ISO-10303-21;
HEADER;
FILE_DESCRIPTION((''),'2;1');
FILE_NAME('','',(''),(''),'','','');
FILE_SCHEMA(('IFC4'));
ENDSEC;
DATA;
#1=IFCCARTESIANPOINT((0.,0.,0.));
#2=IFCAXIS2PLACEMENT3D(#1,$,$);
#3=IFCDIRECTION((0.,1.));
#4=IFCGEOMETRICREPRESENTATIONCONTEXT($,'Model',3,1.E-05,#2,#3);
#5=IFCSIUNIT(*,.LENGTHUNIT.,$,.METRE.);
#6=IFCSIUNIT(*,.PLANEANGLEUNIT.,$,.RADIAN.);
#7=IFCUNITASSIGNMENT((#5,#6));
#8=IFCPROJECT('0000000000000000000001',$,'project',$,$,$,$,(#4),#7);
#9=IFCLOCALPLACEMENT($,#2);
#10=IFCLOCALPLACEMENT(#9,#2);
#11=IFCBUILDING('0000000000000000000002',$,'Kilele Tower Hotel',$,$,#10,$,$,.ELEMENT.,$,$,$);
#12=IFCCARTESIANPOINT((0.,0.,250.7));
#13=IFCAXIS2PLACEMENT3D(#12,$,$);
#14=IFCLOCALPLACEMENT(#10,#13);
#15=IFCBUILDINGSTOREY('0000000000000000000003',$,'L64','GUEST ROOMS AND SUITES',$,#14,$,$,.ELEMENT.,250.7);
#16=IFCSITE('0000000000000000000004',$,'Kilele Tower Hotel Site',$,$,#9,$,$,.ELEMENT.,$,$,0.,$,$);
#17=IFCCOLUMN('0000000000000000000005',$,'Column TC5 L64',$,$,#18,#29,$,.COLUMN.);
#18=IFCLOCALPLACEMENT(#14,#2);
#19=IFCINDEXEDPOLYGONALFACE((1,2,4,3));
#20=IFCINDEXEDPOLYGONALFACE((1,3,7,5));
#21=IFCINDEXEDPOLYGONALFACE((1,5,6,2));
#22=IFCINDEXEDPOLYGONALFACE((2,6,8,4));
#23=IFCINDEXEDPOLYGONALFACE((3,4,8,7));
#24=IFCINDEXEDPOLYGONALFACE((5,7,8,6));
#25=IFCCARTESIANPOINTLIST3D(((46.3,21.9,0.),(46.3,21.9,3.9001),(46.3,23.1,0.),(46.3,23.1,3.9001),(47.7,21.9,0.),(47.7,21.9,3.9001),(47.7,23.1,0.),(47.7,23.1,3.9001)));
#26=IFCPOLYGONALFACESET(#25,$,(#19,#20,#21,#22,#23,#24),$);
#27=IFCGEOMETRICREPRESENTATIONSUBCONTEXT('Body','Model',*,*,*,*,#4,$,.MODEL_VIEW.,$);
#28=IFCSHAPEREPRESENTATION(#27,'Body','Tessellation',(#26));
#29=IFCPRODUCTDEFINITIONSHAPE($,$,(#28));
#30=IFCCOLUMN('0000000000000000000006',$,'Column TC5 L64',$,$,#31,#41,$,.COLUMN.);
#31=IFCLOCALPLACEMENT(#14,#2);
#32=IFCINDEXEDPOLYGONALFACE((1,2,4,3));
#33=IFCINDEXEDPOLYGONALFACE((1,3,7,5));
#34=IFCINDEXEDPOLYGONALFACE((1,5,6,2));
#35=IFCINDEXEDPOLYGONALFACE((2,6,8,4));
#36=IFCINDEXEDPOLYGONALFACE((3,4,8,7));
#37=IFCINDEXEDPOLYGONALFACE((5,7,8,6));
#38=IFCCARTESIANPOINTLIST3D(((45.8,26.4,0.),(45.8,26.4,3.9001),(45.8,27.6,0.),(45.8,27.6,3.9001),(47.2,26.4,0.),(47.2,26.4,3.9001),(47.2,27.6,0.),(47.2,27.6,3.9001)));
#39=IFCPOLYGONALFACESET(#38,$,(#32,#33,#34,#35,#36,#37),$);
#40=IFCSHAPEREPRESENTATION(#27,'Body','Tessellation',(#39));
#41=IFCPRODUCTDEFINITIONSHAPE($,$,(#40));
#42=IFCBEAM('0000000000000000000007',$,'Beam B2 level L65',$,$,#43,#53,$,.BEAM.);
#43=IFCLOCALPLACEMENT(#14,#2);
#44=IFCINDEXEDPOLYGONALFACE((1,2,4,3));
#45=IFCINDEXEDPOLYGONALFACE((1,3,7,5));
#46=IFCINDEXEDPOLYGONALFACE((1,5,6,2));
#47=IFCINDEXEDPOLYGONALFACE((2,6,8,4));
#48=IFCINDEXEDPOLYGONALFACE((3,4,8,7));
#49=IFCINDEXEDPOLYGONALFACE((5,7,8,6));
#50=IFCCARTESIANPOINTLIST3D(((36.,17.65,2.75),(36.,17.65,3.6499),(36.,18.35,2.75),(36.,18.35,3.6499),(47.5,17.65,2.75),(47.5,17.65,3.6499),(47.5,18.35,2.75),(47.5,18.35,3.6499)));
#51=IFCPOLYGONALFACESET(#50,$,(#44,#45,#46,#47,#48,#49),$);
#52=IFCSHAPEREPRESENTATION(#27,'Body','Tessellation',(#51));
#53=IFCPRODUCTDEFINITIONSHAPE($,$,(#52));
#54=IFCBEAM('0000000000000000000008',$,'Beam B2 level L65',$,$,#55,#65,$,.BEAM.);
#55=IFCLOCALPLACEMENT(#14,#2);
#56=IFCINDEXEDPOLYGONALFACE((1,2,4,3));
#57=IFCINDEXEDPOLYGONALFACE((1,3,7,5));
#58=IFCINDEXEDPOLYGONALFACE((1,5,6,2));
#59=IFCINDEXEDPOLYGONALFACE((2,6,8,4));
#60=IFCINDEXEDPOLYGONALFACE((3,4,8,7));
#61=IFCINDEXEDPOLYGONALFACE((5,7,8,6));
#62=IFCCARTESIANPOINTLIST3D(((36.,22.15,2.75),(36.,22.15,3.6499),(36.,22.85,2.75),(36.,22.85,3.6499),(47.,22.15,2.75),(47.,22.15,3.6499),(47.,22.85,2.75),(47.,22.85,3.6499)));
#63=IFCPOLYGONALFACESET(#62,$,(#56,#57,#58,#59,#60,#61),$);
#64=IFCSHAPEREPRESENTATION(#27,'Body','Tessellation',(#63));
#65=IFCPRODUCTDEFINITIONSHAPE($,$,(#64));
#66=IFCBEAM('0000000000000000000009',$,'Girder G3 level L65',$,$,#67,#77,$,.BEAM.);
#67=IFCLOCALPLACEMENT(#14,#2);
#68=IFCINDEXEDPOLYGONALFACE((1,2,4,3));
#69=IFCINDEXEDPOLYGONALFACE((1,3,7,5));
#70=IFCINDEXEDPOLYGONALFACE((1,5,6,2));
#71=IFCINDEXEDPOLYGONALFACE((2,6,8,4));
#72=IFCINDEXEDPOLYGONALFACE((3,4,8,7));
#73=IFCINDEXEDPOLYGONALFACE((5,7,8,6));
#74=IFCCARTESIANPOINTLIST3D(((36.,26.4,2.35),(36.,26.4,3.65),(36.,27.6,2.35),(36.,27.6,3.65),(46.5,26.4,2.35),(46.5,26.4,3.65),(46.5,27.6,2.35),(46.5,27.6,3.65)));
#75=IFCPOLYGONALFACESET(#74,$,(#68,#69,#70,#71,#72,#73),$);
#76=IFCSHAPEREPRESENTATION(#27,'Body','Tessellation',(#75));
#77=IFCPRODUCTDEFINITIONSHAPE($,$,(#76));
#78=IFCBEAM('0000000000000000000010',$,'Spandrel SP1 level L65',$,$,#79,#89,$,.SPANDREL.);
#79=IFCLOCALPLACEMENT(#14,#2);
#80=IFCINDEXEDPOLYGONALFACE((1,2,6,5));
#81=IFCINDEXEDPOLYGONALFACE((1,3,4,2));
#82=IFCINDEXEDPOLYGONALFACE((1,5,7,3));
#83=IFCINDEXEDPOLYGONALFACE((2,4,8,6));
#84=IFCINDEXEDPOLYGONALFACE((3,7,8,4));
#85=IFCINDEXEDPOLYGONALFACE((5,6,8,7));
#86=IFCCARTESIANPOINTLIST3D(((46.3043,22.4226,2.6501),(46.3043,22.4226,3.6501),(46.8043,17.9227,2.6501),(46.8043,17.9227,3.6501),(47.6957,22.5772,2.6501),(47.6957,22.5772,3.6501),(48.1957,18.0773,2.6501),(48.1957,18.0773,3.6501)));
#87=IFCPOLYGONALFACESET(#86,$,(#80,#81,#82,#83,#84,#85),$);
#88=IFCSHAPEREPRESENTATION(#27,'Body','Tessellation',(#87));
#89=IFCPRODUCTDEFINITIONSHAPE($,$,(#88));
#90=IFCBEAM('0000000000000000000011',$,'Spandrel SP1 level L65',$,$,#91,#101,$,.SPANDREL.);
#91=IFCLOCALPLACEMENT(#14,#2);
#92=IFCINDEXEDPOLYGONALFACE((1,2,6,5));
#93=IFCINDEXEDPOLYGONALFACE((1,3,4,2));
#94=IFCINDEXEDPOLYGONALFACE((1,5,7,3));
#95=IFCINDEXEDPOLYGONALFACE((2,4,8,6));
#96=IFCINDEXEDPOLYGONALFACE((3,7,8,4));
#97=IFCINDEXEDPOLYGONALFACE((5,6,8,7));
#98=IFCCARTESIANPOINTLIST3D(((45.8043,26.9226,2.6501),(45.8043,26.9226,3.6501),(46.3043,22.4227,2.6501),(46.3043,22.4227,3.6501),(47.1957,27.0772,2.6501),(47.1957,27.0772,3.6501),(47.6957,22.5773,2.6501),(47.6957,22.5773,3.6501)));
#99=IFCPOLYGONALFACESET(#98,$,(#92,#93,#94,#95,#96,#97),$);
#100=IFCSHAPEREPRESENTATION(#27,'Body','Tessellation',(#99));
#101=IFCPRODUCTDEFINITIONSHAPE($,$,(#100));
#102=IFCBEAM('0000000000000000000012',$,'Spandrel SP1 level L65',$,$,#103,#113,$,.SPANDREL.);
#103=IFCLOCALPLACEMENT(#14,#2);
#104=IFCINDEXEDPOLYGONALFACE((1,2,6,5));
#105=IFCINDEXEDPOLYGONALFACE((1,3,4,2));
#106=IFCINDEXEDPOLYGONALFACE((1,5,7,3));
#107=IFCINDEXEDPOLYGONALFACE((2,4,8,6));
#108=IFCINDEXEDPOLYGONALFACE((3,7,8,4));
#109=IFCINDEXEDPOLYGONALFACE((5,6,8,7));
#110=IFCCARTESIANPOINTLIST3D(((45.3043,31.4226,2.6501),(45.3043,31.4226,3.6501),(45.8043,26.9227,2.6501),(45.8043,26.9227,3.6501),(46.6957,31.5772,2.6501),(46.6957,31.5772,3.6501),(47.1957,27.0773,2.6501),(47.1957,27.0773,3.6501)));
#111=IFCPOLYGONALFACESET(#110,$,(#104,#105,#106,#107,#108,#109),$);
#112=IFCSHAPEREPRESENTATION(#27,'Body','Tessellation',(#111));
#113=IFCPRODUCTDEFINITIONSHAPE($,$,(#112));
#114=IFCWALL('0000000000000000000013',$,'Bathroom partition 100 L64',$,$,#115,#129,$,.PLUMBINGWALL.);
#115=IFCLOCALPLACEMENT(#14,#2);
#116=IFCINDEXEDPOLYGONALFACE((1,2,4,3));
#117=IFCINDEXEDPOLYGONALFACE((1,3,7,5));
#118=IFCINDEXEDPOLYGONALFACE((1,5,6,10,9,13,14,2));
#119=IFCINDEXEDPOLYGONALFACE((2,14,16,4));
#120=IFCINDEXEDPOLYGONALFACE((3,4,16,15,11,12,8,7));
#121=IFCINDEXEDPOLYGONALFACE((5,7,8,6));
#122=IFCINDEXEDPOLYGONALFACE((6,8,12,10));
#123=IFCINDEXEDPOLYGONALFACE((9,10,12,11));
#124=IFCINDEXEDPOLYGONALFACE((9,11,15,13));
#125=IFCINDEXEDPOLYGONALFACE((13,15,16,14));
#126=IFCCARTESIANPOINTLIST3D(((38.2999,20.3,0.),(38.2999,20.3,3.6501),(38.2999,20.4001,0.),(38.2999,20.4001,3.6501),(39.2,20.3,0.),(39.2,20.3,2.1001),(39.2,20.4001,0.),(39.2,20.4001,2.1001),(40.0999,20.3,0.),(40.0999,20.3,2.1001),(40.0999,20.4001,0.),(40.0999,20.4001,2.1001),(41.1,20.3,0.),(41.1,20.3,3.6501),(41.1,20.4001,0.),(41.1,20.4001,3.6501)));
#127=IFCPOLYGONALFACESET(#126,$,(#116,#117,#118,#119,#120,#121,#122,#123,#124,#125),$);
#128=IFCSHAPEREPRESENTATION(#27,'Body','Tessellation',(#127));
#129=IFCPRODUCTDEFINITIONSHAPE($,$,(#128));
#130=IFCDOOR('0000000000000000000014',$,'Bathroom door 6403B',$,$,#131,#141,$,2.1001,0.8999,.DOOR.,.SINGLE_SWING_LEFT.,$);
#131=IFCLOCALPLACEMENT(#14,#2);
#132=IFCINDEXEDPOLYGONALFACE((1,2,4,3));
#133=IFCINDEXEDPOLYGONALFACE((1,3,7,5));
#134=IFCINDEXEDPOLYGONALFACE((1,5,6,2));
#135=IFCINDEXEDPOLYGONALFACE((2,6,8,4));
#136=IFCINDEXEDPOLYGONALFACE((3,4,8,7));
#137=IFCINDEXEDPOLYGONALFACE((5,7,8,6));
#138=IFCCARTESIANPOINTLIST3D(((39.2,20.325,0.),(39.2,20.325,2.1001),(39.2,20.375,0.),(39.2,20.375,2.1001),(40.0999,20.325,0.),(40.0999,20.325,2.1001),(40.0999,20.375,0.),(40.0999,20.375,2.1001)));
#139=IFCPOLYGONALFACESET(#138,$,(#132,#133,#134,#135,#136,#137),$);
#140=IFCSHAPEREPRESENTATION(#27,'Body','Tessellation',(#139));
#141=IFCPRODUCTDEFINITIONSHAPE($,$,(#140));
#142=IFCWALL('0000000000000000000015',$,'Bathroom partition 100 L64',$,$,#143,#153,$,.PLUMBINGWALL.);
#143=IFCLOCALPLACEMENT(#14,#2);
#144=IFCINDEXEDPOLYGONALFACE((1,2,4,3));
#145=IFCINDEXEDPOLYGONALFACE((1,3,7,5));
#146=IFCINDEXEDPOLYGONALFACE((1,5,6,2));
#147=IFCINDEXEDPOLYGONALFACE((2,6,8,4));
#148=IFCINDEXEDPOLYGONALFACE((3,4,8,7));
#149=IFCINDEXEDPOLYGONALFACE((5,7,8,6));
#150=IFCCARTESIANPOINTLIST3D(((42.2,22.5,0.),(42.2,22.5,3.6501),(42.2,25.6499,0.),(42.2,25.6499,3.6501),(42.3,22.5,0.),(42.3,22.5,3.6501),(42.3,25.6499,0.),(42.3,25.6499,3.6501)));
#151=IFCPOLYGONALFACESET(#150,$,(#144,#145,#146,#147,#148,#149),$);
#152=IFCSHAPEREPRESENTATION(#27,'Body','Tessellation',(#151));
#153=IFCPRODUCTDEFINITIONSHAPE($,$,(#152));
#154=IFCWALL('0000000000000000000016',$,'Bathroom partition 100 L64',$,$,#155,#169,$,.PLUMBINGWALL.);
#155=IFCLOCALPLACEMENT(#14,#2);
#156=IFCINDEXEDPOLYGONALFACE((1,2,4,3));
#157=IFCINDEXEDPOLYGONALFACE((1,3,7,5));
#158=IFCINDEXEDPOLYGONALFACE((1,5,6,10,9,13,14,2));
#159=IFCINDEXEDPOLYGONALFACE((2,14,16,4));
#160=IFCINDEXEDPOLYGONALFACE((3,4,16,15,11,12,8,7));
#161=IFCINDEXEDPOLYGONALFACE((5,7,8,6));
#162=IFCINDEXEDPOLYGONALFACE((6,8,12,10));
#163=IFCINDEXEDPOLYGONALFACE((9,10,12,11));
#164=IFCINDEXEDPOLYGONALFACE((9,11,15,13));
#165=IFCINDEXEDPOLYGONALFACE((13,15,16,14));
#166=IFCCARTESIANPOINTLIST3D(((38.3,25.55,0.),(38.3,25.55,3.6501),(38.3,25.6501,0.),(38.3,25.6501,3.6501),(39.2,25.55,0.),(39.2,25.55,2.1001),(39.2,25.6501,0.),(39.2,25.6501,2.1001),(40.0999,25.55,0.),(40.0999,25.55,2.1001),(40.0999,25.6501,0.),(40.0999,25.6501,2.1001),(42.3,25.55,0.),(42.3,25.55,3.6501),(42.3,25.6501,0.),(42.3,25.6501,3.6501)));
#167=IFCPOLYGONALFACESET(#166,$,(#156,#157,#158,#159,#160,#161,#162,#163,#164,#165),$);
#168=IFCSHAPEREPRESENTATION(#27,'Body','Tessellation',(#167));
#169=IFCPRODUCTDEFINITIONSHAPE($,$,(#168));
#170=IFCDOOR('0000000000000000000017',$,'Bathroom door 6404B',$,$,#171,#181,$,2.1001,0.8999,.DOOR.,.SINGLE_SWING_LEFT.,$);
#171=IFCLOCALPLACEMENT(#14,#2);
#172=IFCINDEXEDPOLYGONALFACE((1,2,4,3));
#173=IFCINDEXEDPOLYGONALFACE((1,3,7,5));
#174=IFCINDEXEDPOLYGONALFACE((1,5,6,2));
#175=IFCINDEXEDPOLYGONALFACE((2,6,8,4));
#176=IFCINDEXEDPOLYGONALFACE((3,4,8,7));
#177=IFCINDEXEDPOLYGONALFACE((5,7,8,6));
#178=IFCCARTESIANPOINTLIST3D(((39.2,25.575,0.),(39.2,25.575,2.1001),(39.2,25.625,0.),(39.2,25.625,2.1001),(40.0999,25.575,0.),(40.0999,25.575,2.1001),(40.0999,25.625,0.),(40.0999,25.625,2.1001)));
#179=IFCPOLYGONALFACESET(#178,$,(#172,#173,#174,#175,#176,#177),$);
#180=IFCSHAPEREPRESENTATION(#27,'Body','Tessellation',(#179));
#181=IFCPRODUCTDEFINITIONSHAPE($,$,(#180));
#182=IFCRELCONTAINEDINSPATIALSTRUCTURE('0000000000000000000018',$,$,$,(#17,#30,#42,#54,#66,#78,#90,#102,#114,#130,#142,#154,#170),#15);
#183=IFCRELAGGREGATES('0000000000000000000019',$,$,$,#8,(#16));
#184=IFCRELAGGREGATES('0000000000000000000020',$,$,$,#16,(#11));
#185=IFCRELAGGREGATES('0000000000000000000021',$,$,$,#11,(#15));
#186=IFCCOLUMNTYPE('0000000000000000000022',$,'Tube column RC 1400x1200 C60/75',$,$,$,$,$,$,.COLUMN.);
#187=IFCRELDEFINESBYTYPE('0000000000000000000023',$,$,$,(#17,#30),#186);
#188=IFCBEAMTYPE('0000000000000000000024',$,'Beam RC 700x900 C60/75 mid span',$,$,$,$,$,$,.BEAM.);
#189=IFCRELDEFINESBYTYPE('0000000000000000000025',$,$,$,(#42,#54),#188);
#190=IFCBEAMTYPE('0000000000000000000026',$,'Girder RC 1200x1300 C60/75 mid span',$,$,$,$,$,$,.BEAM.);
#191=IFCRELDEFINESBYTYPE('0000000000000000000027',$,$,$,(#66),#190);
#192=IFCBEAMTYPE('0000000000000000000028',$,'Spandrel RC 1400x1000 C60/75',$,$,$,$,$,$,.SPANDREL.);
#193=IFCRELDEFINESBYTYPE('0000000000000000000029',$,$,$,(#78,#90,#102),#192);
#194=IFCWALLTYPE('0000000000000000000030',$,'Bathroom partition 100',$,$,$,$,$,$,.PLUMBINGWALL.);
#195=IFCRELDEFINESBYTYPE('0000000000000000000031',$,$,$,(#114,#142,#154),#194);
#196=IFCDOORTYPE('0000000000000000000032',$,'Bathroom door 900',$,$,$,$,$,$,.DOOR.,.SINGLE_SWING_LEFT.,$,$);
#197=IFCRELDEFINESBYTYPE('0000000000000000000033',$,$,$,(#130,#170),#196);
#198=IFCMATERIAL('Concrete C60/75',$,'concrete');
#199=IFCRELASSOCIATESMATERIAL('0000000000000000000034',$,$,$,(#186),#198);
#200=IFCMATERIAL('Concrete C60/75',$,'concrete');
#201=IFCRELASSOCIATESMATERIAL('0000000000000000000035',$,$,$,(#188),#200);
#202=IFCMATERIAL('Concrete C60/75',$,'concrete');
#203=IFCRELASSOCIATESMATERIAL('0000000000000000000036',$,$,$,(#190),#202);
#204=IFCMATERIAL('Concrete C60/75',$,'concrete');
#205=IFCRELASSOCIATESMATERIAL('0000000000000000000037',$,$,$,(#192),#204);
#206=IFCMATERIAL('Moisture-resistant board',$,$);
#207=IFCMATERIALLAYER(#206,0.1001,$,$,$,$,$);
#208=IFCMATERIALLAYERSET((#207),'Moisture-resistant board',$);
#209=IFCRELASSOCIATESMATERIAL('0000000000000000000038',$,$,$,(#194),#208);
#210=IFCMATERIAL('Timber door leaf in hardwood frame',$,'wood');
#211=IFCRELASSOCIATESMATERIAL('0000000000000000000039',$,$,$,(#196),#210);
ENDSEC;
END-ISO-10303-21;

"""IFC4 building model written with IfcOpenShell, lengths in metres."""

from ifc_helpers import new_model, si_unit, direction, frame, frame_2d, origin, origin_2d, place, context, subcontext, project, spatial, rectangle, extrude, material, layer, layer_set, material_profile, profile_set, type_object, element, fill, save


model = new_model("IFC4")

# Units and contexts
model_context = context("Model", 3, precision=1e-05, world=origin(), true_north=direction((0.0, 1.0)))
body_context = subcontext(model_context, "Body", "Model", "MODEL_VIEW")
ifc_project = project(units=[si_unit("LENGTHUNIT", "METRE"), si_unit("PLANEANGLEUNIT", "RADIAN")], contexts=[model_context])

# Site, building, storey
site_placement = place(None, origin())
site = spatial("IfcSite", under=ifc_project, at=site_placement, Name="Kilele Tower Hotel Site", CompositionType="ELEMENT", RefElevation=0.0)
building_placement = place(site_placement, origin())
building = spatial("IfcBuilding", under=site, at=building_placement, Name="Kilele Tower Hotel", CompositionType="ELEMENT")
storey_placement = place(building_placement, frame((0.0, 0.0, 250.7)))
storey = spatial("IfcBuildingStorey", under=building, at=storey_placement, Name="L64", Description="GUEST ROOMS AND SUITES", CompositionType="ELEMENT", Elevation=250.7)

# Columns
ifc_material_1 = material(Name="Concrete C60/75", Category="concrete")
ifc_material_profile_1 = material_profile(ifc_material_1, rectangle(XDim=1.3999, YDim=1.2, at=origin_2d()))
ifc_profile_set_1 = profile_set([ifc_material_profile_1], Name="Concrete C60/75")
column_type = type_object("IfcColumnType", Name="Tube column RC 1400x1200 C60/75", PredefinedType="COLUMN", material=ifc_profile_set_1)
for number, where, z_axis, x_axis, name in (
    (1, (47.0, 22.5, 0.0), (0.0, 0.0, 1.0), (1.0, 0.0, 0.0), "Column TC5 L64"),
    (2, (46.5, 27.0, 0.0), (0.0, 0.0, 1.0), (1.0, 0.0, 0.0), "Column TC5 L64"),
):
    element("IfcColumn", number, at=place(storey_placement, frame(where, z_axis=z_axis, x_axis=x_axis)), inside=storey, type_object=column_type, Name=name, PredefinedType="COLUMN", context=body_context, shape_type="SweptSolid", body=[
        extrude(rectangle(XDim=1.3999, YDim=1.2, at=origin_2d()), origin(), (0.0, 0.0, 1.0), 3.9001),
    ])

# Beams
ifc_material_2 = material(Name="Concrete C60/75", Category="concrete")
ifc_material_profile_2 = material_profile(ifc_material_2, rectangle(XDim=0.7, YDim=0.8999, at=origin_2d()))
ifc_profile_set_2 = profile_set([ifc_material_profile_2], Name="Concrete C60/75")
beam_type_1 = type_object("IfcBeamType", Name="Beam RC 700x900 C60/75 mid span", PredefinedType="BEAM", material=ifc_profile_set_2)
beam_1_placement = place(storey_placement, frame((47.5, 18.0, 3.2), z_axis=(-1.0, 0.0, 0.0), x_axis=(0.0, -1.0, 0.0)))
element("IfcBeam", 3, at=beam_1_placement, inside=storey, type_object=beam_type_1, Name="Beam B2 level L65", PredefinedType="BEAM", context=body_context, shape_type="SweptSolid", body=[
    extrude(rectangle(XDim=0.7, YDim=0.8999, at=origin_2d()), origin(), (0.0, 0.0, 1.0), 11.5),
])
beam_2_placement = place(storey_placement, frame((47.0, 22.5, 3.2), z_axis=(-1.0, 0.0, 0.0), x_axis=(0.0, -1.0, 0.0)))
element("IfcBeam", 4, at=beam_2_placement, inside=storey, type_object=beam_type_1, Name="Beam B2 level L65", PredefinedType="BEAM", context=body_context, shape_type="SweptSolid", body=[
    extrude(rectangle(XDim=0.7, YDim=0.8999, at=origin_2d()), origin(), (0.0, 0.0, 1.0), 11.0),
])
ifc_material_3 = material(Name="Concrete C60/75", Category="concrete")
ifc_material_profile_3 = material_profile(ifc_material_3, rectangle(XDim=1.2, YDim=1.3, at=origin_2d()))
ifc_profile_set_3 = profile_set([ifc_material_profile_3], Name="Concrete C60/75")
beam_type_2 = type_object("IfcBeamType", Name="Girder RC 1200x1300 C60/75 mid span", PredefinedType="BEAM", material=ifc_profile_set_3)
beam_3_placement = place(storey_placement, frame((46.5, 27.0, 3.0), z_axis=(-1.0, 0.0, 0.0), x_axis=(0.0, -1.0, 0.0)))
element("IfcBeam", 5, at=beam_3_placement, inside=storey, type_object=beam_type_2, Name="Girder G3 level L65", PredefinedType="BEAM", context=body_context, shape_type="SweptSolid", body=[
    extrude(rectangle(XDim=1.2, YDim=1.3, at=origin_2d()), origin(), (0.0, 0.0, 1.0), 10.5),
])
ifc_material_4 = material(Name="Concrete C60/75", Category="concrete")
ifc_material_profile_4 = material_profile(ifc_material_4, rectangle(XDim=1.3999, YDim=1.0, at=origin_2d()))
ifc_profile_set_4 = profile_set([ifc_material_profile_4], Name="Concrete C60/75")
beam_type_3 = type_object("IfcBeamType", Name="Spandrel RC 1400x1000 C60/75", PredefinedType="SPANDREL", material=ifc_profile_set_4)
for number, where, z_axis, x_axis, name in (
    (6, (47.5, 18.0, 3.1501), (-0.110432, 0.993884, 0.0), (-0.993884, -0.110432, 0.0), "Spandrel SP1 level L65"),
    (7, (47.0, 22.5, 3.1501), (-0.110432, 0.993884, 0.0), (-0.993884, -0.110432, 0.0), "Spandrel SP1 level L65"),
    (8, (46.5, 27.0, 3.1501), (-0.110432, 0.993884, 0.0), (-0.993884, -0.110432, 0.0), "Spandrel SP1 level L65"),
):
    element("IfcBeam", number, at=place(storey_placement, frame(where, z_axis=z_axis, x_axis=x_axis)), inside=storey, type_object=beam_type_3, Name=name, PredefinedType="SPANDREL", context=body_context, shape_type="SweptSolid", body=[
        extrude(rectangle(XDim=1.3999, YDim=1.0, at=origin_2d()), origin(), (0.0, 0.0, 1.0), 4.5276),
    ])

# Wall, opening, door
ifc_material_5 = material(Name="Moisture-resistant board")
ifc_layer_1 = layer(ifc_material_5, 0.1001)
ifc_layer_set_1 = layer_set([ifc_layer_1], Name="Moisture-resistant board")
wall_type_1 = type_object("IfcWallType", Name="Bathroom partition 100", PredefinedType="PLUMBINGWALL", material=ifc_layer_set_1)
wall_1_placement = place(storey_placement, frame((38.3, 20.3501, 0.0), z_axis=(0.0, 0.0, 1.0), x_axis=(1.0, 0.0, 0.0)))
wall_1 = element("IfcWall", 9, at=wall_1_placement, inside=storey, type_object=wall_type_1, Name="Bathroom partition 100 L64", PredefinedType="PLUMBINGWALL", context=body_context, shape_type="SweptSolid", body=[
    extrude(rectangle(XDim=2.8, YDim=0.1001, at=frame_2d((1.3999, 0.0))), origin(), (0.0, 0.0, 1.0), 3.6501),
])
opening_1_placement = place(wall_1_placement, frame((0.8999, 0.0, 0.0)))
opening_1 = element("IfcOpeningElement", 10, at=opening_1_placement, cuts=wall_1, PredefinedType="OPENING", context=body_context, shape_type="SweptSolid", body=[
    extrude(rectangle(XDim=0.8999, YDim=2.1001, at=frame_2d((0.45, 1.05))), frame((0.0, 0.0601, 0.0), z_axis=(0.0, -1.0, 0.0), x_axis=(1.0, 0.0, 0.0)), (0.0, 0.0, 1.0), 0.1201),
])
ifc_material_6 = material(Name="Timber door leaf in hardwood frame", Category="wood")
door_type_1 = type_object("IfcDoorType", Name="Bathroom door 900", OperationType="SINGLE_SWING_LEFT", PredefinedType="DOOR", material=ifc_material_6)
door_1_placement = place(opening_1_placement, origin())
door_1 = element("IfcDoor", 11, at=door_1_placement, inside=storey, type_object=door_type_1, Name="Bathroom door 6403B", OperationType="SINGLE_SWING_LEFT", OverallHeight=2.1001, OverallWidth=0.8999, PredefinedType="DOOR", context=body_context, shape_type="SweptSolid", body=[
    extrude(rectangle(XDim=0.8999, YDim=2.1001, at=frame_2d((0.45, 1.05))), frame((0.0, 0.0249, 0.0), z_axis=(0.0, -1.0, 0.0), x_axis=(1.0, 0.0, 0.0)), (0.0, 0.0, 1.0), 0.05),
])
fill(opening_1, door_1)

# Wall
wall_2_placement = place(storey_placement, frame((42.25, 22.5, 0.0), z_axis=(0.0, 0.0, 1.0), x_axis=(0.0, 1.0, 0.0)))
element("IfcWall", 12, at=wall_2_placement, inside=storey, type_object=wall_type_1, Name="Bathroom partition 100 L64", PredefinedType="PLUMBINGWALL", context=body_context, shape_type="SweptSolid", body=[
    extrude(rectangle(XDim=3.1499, YDim=0.1001, at=frame_2d((1.575, 0.0))), origin(), (0.0, 0.0, 1.0), 3.6501),
])

# Wall, opening, door
wall_3_placement = place(storey_placement, frame((38.3, 25.6001, 0.0), z_axis=(0.0, 0.0, 1.0), x_axis=(1.0, 0.0, 0.0)))
wall_3 = element("IfcWall", 13, at=wall_3_placement, inside=storey, type_object=wall_type_1, Name="Bathroom partition 100 L64", PredefinedType="PLUMBINGWALL", context=body_context, shape_type="SweptSolid", body=[
    extrude(rectangle(XDim=4.0, YDim=0.1001, at=frame_2d((2.0, 0.0))), origin(), (0.0, 0.0, 1.0), 3.6501),
])
opening_2_placement = place(wall_3_placement, frame((0.8999, 0.0, 0.0)))
opening_2 = element("IfcOpeningElement", 14, at=opening_2_placement, cuts=wall_3, PredefinedType="OPENING", context=body_context, shape_type="SweptSolid", body=[
    extrude(rectangle(XDim=0.8999, YDim=2.1001, at=frame_2d((0.45, 1.05))), frame((0.0, 0.0601, 0.0), z_axis=(0.0, -1.0, 0.0), x_axis=(1.0, 0.0, 0.0)), (0.0, 0.0, 1.0), 0.1201),
])
door_2_placement = place(opening_2_placement, origin())
door_2 = element("IfcDoor", 15, at=door_2_placement, inside=storey, type_object=door_type_1, Name="Bathroom door 6404B", OperationType="SINGLE_SWING_LEFT", OverallHeight=2.1001, OverallWidth=0.8999, PredefinedType="DOOR", context=body_context, shape_type="SweptSolid", body=[
    extrude(rectangle(XDim=0.8999, YDim=2.1001, at=frame_2d((0.45, 1.05))), frame((0.0, 0.0249, 0.0), z_axis=(0.0, -1.0, 0.0), x_axis=(1.0, 0.0, 0.0)), (0.0, 0.0, 1.0), 0.05),
])
fill(opening_2, door_2)

save(model, "model.ifc")
